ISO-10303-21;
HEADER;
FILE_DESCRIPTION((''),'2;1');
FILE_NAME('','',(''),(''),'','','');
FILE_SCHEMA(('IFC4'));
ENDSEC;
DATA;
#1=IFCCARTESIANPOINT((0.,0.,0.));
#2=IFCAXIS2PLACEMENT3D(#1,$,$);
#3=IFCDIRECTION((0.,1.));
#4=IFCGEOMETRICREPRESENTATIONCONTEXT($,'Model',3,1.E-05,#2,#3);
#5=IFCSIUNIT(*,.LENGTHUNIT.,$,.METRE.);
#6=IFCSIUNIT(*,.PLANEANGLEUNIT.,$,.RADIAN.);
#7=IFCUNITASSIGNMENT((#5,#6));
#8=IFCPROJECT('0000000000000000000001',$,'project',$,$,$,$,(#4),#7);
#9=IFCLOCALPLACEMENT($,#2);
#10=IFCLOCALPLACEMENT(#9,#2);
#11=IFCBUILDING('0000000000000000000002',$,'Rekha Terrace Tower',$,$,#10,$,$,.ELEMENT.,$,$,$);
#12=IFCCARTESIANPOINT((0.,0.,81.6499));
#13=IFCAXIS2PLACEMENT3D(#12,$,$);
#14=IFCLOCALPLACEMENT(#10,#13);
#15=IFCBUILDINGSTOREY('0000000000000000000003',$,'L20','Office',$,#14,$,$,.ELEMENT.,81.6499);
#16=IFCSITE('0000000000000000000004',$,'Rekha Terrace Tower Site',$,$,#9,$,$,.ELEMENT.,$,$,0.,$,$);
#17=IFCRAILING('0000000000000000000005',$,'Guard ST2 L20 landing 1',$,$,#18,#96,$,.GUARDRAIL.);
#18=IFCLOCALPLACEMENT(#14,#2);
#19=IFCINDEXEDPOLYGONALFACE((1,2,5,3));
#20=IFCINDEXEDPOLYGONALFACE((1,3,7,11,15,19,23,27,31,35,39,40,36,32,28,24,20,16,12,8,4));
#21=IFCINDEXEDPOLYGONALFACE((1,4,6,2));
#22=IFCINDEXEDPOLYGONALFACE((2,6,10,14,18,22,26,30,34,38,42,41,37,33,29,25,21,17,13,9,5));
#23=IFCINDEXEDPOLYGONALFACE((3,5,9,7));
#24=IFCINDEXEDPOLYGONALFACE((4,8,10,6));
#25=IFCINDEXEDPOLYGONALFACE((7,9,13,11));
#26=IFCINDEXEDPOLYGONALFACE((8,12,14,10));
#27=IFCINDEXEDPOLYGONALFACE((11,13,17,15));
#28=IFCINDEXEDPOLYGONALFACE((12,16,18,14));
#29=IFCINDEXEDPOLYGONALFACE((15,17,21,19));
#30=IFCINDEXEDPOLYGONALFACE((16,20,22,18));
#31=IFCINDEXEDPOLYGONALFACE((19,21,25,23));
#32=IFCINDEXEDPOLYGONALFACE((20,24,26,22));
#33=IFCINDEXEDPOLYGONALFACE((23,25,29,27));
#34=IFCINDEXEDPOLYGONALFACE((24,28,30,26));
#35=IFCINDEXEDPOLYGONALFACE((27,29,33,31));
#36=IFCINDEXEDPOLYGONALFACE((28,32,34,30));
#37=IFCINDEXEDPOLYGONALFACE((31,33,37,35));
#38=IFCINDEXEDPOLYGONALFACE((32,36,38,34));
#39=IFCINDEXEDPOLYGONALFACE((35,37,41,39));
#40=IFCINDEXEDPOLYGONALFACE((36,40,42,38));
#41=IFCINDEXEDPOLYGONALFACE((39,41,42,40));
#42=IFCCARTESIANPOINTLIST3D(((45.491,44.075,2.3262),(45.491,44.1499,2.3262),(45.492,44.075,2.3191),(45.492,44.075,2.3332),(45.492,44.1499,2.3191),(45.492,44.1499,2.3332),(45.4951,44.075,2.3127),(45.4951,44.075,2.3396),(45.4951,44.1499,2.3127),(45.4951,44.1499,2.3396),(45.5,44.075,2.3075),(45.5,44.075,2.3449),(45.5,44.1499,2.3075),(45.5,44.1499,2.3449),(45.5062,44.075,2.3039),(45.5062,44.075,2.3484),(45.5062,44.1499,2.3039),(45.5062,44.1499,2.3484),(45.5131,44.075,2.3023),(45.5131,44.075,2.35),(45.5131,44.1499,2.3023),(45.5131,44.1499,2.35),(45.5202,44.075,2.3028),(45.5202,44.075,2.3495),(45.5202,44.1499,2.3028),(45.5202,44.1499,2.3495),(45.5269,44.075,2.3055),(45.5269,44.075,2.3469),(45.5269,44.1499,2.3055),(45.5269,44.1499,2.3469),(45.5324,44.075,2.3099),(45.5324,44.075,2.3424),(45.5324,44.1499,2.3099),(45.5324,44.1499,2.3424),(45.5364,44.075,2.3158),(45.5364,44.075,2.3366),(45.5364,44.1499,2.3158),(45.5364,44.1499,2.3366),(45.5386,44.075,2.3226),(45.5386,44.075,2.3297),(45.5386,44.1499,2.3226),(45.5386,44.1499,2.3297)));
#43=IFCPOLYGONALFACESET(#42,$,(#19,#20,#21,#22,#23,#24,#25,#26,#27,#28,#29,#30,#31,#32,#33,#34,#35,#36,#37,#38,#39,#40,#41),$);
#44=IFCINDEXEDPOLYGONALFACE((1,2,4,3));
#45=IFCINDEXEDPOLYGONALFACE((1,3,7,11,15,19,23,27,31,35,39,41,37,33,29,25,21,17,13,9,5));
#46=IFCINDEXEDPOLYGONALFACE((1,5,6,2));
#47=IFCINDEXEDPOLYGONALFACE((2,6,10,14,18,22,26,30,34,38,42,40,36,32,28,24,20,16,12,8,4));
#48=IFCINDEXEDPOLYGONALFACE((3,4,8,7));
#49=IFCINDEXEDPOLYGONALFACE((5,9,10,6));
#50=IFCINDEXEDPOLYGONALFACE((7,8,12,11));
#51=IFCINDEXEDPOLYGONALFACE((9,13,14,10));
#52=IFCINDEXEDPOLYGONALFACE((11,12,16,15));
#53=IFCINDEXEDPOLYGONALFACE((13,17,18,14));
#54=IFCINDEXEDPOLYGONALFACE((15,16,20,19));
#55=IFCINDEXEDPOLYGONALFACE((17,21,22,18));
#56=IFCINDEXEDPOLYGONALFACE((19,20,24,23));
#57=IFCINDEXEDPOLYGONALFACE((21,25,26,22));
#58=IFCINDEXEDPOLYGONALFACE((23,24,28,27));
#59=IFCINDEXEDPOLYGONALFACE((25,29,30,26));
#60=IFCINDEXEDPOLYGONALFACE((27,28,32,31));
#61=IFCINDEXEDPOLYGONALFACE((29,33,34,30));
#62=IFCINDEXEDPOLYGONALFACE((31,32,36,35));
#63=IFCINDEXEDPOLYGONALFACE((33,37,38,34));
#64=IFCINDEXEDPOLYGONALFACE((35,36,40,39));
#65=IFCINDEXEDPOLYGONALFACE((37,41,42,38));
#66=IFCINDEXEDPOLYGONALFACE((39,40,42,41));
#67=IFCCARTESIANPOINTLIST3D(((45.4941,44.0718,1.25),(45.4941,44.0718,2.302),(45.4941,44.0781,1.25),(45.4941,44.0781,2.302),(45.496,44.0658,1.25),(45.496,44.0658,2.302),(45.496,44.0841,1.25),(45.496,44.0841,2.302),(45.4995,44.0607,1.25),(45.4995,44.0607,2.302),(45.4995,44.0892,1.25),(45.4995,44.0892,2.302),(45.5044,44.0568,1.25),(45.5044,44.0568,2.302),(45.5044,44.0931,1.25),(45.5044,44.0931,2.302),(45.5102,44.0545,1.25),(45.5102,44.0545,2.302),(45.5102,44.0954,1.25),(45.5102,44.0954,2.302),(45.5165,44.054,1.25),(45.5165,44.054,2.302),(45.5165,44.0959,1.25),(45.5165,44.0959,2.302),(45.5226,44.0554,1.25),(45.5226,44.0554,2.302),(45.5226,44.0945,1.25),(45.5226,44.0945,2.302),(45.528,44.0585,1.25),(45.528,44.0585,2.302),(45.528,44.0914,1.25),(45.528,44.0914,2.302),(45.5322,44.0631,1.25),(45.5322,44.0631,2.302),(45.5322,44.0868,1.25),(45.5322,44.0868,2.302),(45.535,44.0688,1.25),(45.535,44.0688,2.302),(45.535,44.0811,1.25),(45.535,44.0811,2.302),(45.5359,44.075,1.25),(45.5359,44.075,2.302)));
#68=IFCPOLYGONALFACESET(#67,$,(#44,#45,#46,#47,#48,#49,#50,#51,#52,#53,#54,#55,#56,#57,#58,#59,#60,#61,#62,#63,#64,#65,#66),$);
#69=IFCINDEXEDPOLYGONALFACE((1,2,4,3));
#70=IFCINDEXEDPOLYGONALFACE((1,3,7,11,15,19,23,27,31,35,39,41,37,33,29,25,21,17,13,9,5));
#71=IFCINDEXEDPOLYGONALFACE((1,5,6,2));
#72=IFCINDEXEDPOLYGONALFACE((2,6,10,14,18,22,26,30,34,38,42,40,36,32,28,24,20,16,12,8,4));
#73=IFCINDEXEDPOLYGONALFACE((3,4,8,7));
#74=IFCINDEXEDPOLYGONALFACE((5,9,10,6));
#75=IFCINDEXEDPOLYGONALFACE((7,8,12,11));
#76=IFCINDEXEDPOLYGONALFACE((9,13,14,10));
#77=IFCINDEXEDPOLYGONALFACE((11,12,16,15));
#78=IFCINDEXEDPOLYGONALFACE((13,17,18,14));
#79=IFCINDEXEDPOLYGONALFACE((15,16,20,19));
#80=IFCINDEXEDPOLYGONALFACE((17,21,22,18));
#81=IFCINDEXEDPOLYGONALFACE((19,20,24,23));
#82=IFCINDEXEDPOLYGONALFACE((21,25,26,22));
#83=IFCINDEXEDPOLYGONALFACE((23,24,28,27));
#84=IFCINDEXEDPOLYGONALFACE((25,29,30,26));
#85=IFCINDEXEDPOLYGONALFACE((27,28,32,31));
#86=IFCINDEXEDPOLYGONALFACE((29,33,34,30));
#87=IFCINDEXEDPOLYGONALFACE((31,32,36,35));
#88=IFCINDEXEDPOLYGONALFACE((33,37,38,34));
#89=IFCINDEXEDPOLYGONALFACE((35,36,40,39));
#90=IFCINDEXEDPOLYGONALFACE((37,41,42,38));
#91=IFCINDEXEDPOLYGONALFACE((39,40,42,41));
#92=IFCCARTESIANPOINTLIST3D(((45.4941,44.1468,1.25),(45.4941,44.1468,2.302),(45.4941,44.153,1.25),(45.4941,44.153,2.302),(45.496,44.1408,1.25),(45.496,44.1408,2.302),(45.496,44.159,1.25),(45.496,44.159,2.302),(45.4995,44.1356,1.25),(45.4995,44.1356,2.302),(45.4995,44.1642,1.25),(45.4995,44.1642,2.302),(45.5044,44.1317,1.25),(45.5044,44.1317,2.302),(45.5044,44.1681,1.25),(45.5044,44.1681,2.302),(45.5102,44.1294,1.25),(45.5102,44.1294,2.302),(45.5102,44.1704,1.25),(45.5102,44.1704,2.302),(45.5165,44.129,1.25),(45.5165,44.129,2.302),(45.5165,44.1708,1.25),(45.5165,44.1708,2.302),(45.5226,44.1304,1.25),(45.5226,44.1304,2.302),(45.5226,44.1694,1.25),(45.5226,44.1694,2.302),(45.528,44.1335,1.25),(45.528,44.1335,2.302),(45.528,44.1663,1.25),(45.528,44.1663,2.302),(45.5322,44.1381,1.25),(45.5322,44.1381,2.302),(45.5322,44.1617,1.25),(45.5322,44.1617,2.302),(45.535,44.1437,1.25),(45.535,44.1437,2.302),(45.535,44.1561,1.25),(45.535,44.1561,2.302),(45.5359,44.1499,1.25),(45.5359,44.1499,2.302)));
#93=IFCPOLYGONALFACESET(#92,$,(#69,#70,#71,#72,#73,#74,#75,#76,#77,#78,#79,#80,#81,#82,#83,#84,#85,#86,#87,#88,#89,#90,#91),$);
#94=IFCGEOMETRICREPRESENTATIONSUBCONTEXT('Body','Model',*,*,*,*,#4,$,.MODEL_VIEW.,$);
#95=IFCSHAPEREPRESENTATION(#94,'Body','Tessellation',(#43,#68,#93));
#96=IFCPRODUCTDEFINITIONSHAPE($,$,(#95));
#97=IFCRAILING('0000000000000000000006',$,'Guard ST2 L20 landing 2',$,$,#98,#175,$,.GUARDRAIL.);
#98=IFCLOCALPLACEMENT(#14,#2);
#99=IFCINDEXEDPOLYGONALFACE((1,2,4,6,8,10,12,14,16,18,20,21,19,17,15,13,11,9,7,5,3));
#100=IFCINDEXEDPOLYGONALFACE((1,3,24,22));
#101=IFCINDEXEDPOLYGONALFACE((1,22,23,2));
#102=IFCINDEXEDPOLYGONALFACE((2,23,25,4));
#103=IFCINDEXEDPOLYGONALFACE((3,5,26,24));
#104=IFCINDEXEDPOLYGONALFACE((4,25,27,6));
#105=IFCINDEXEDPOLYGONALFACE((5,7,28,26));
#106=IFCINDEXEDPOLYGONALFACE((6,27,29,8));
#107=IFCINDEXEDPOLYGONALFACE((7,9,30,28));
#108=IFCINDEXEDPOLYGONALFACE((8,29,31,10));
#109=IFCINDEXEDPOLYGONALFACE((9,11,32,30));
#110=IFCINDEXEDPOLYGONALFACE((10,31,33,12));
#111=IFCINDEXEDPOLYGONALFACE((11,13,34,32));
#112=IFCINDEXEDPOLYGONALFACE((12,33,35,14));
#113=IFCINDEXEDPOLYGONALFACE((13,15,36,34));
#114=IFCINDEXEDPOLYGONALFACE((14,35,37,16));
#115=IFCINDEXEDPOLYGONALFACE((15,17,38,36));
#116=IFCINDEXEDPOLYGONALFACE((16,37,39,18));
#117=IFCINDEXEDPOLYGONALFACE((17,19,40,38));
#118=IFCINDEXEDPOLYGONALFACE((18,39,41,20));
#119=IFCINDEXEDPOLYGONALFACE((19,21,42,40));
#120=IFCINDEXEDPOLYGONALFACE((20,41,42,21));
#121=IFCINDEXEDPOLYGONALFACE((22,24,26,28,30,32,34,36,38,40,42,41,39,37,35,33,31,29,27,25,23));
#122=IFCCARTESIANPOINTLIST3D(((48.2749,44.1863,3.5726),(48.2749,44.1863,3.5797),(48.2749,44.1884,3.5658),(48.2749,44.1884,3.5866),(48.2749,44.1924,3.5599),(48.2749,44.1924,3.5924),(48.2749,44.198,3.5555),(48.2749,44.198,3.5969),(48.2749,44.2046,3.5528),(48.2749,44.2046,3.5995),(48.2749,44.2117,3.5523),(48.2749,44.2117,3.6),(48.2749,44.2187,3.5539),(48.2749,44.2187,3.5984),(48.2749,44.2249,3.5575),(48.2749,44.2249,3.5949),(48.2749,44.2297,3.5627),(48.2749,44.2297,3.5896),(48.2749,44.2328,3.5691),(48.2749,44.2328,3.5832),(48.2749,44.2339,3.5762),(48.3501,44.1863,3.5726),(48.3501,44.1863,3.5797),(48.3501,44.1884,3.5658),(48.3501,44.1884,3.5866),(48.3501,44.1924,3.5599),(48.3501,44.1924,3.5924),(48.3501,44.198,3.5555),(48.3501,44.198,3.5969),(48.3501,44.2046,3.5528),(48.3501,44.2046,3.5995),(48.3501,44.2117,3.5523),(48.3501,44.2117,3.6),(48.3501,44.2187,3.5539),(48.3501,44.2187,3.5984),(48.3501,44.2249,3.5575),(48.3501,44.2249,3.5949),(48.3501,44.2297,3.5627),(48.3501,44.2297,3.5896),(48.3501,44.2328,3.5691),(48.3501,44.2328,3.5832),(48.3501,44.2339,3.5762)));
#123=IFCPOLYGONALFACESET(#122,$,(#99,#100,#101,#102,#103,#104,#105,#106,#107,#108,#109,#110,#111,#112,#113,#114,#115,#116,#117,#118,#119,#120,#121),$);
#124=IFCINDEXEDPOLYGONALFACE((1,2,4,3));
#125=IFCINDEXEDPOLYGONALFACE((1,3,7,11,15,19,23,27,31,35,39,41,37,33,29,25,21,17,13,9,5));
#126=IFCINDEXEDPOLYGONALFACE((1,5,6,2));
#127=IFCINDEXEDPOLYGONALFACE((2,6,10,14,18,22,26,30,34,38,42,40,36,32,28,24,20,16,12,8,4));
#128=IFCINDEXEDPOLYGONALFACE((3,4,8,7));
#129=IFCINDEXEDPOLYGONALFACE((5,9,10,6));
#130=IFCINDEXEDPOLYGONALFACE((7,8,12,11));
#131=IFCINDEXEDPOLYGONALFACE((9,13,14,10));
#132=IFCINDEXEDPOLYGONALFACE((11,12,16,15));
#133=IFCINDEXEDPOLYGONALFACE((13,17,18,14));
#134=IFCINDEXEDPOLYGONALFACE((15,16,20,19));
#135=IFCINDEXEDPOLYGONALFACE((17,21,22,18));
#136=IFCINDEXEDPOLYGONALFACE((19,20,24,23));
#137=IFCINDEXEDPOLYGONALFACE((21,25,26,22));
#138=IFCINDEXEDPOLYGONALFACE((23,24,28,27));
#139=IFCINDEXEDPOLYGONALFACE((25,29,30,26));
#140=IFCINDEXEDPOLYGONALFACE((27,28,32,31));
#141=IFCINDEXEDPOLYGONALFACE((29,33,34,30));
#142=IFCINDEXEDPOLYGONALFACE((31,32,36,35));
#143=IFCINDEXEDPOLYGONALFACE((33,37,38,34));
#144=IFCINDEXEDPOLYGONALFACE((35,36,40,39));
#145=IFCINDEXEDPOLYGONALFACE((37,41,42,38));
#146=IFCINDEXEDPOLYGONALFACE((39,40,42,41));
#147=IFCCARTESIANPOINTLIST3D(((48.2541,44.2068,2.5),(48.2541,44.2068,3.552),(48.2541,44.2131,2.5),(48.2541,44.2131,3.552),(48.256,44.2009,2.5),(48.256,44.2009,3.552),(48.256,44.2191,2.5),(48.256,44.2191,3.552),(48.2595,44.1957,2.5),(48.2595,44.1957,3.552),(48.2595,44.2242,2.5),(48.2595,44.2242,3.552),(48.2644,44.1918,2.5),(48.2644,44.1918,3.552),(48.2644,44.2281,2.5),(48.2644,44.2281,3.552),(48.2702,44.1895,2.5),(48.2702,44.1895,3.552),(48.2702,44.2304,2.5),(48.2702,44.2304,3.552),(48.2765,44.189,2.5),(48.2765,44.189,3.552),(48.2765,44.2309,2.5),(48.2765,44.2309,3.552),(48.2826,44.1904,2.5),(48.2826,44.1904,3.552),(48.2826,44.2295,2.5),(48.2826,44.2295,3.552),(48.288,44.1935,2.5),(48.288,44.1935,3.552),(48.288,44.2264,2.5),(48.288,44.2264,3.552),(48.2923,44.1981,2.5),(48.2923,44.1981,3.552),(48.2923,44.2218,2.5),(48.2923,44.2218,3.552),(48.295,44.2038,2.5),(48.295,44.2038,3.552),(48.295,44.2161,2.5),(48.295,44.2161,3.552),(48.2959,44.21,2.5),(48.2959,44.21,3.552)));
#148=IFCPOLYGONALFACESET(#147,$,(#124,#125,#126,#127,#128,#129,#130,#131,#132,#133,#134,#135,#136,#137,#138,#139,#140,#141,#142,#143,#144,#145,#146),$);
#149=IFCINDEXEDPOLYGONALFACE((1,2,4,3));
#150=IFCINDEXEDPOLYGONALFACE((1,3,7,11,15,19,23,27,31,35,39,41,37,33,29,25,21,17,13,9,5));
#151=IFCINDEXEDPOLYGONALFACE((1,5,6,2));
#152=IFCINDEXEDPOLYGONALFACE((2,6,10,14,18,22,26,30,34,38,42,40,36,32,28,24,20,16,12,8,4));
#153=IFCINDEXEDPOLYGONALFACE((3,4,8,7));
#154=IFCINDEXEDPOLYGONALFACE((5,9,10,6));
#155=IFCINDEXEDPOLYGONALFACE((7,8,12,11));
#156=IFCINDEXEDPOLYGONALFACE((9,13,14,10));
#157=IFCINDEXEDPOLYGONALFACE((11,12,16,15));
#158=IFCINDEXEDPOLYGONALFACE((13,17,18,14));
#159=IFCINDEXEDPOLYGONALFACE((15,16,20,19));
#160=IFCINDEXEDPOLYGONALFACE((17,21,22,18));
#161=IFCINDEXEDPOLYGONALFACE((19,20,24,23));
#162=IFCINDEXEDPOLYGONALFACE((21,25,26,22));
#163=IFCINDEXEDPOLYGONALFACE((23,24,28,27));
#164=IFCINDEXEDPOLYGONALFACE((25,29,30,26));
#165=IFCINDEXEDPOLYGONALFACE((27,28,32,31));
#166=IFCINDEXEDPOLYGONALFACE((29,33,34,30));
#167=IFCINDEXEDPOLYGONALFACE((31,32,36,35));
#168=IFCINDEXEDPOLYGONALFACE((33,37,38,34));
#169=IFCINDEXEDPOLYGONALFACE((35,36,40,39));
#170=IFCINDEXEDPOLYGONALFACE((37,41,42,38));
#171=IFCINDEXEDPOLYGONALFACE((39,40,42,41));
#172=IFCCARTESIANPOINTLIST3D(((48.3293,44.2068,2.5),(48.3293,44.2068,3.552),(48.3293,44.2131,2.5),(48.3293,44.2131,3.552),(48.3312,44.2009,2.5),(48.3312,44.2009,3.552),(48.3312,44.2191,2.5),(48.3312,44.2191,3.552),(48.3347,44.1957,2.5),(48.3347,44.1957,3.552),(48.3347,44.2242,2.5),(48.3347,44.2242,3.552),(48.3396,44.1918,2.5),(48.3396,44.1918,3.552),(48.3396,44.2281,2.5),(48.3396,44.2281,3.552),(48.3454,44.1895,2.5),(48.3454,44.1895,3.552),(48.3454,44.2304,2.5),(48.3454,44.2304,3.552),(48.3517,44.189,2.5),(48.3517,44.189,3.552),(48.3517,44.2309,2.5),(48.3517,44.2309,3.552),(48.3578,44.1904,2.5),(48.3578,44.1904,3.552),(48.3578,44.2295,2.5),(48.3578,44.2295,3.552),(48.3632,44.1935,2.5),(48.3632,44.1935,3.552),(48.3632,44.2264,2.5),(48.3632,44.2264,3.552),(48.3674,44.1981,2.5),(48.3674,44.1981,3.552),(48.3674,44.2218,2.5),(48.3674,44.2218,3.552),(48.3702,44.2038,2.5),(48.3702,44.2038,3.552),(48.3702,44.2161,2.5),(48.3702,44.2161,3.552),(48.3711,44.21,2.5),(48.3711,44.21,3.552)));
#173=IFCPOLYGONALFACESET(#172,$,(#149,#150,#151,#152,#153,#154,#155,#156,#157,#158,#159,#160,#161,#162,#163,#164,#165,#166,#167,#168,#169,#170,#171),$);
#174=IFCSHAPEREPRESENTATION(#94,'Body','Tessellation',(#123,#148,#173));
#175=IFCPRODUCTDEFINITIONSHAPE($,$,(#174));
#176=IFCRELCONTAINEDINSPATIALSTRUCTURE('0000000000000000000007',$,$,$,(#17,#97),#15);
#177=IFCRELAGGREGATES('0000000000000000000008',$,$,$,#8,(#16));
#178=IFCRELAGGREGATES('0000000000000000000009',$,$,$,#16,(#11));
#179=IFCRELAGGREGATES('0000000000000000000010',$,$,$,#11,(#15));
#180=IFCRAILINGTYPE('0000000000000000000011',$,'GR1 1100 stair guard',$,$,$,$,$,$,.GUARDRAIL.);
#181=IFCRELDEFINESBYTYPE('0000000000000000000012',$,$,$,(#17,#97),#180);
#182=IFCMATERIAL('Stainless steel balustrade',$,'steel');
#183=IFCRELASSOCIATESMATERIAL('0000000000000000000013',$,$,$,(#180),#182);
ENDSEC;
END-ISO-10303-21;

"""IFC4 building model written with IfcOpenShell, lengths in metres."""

from ifc_helpers import new_model, si_unit, direction, frame, origin, origin_2d, place, context, subcontext, project, spatial, circle, extrude, material, type_object, element, save


model = new_model("IFC4")

# Units and contexts
model_context = context("Model", 3, precision=1e-05, world=origin(), true_north=direction((0.0, 1.0)))
body_context = subcontext(model_context, "Body", "Model", "MODEL_VIEW")
ifc_project = project(units=[si_unit("LENGTHUNIT", "METRE"), si_unit("PLANEANGLEUNIT", "RADIAN")], contexts=[model_context])

# Site, building, storey
site_placement = place(None, origin())
site = spatial("IfcSite", under=ifc_project, at=site_placement, Name="Rekha Terrace Tower Site", CompositionType="ELEMENT", RefElevation=0.0)
building_placement = place(site_placement, origin())
building = spatial("IfcBuilding", under=site, at=building_placement, Name="Rekha Terrace Tower", CompositionType="ELEMENT")
storey_placement = place(building_placement, frame((0.0, 0.0, 81.6499)))
storey = spatial("IfcBuildingStorey", under=building, at=storey_placement, Name="L20", Description="Office", CompositionType="ELEMENT", Elevation=81.6499)

# Railings
ifc_material_1 = material(Name="Stainless steel balustrade", Category="steel")
railing_type_1 = type_object("IfcRailingType", Name="GR1 1100 stair guard", PredefinedType="GUARDRAIL", material=ifc_material_1)
railing_1_placement = place(storey_placement, frame((45.5149, 44.075, 1.25)))
element("IfcRailing", 1, at=railing_1_placement, inside=storey, type_object=railing_type_1, Name="Guard ST2 L20 landing 1", PredefinedType="GUARDRAIL", context=body_context, shape_type="SweptSolid", body=[
    extrude(circle(Radius=0.0239, at=origin_2d()), frame((0.0, 0.0, 1.0762), z_axis=(0.0, 1.0, 0.0), x_axis=(-1.0, 0.0, 0.0)), (0.0, 0.0, 1.0), 0.075),
    extrude(circle(Radius=0.021, at=origin_2d()), origin(), (0.0, 0.0, 1.0), 1.052),
    extrude(circle(Radius=0.021, at=origin_2d()), frame((0.0, 0.075, 0.0)), (0.0, 0.0, 1.0), 1.052),
])
railing_2_placement = place(storey_placement, frame((48.2749, 44.21, 2.5)))
element("IfcRailing", 2, at=railing_2_placement, inside=storey, type_object=railing_type_1, Name="Guard ST2 L20 landing 2", PredefinedType="GUARDRAIL", context=body_context, shape_type="SweptSolid", body=[
    extrude(circle(Radius=0.0239, at=origin_2d()), frame((0.0, 0.0, 1.0762), z_axis=(1.0, 0.0, 0.0), x_axis=(0.0, 1.0, 0.0)), (0.0, 0.0, 1.0), 0.0752),
    extrude(circle(Radius=0.021, at=origin_2d()), origin(), (0.0, 0.0, 1.0), 1.052),
    extrude(circle(Radius=0.021, at=origin_2d()), frame((0.0752, 0.0, 0.0)), (0.0, 0.0, 1.0), 1.052),
])

save(model, "model.ifc")
